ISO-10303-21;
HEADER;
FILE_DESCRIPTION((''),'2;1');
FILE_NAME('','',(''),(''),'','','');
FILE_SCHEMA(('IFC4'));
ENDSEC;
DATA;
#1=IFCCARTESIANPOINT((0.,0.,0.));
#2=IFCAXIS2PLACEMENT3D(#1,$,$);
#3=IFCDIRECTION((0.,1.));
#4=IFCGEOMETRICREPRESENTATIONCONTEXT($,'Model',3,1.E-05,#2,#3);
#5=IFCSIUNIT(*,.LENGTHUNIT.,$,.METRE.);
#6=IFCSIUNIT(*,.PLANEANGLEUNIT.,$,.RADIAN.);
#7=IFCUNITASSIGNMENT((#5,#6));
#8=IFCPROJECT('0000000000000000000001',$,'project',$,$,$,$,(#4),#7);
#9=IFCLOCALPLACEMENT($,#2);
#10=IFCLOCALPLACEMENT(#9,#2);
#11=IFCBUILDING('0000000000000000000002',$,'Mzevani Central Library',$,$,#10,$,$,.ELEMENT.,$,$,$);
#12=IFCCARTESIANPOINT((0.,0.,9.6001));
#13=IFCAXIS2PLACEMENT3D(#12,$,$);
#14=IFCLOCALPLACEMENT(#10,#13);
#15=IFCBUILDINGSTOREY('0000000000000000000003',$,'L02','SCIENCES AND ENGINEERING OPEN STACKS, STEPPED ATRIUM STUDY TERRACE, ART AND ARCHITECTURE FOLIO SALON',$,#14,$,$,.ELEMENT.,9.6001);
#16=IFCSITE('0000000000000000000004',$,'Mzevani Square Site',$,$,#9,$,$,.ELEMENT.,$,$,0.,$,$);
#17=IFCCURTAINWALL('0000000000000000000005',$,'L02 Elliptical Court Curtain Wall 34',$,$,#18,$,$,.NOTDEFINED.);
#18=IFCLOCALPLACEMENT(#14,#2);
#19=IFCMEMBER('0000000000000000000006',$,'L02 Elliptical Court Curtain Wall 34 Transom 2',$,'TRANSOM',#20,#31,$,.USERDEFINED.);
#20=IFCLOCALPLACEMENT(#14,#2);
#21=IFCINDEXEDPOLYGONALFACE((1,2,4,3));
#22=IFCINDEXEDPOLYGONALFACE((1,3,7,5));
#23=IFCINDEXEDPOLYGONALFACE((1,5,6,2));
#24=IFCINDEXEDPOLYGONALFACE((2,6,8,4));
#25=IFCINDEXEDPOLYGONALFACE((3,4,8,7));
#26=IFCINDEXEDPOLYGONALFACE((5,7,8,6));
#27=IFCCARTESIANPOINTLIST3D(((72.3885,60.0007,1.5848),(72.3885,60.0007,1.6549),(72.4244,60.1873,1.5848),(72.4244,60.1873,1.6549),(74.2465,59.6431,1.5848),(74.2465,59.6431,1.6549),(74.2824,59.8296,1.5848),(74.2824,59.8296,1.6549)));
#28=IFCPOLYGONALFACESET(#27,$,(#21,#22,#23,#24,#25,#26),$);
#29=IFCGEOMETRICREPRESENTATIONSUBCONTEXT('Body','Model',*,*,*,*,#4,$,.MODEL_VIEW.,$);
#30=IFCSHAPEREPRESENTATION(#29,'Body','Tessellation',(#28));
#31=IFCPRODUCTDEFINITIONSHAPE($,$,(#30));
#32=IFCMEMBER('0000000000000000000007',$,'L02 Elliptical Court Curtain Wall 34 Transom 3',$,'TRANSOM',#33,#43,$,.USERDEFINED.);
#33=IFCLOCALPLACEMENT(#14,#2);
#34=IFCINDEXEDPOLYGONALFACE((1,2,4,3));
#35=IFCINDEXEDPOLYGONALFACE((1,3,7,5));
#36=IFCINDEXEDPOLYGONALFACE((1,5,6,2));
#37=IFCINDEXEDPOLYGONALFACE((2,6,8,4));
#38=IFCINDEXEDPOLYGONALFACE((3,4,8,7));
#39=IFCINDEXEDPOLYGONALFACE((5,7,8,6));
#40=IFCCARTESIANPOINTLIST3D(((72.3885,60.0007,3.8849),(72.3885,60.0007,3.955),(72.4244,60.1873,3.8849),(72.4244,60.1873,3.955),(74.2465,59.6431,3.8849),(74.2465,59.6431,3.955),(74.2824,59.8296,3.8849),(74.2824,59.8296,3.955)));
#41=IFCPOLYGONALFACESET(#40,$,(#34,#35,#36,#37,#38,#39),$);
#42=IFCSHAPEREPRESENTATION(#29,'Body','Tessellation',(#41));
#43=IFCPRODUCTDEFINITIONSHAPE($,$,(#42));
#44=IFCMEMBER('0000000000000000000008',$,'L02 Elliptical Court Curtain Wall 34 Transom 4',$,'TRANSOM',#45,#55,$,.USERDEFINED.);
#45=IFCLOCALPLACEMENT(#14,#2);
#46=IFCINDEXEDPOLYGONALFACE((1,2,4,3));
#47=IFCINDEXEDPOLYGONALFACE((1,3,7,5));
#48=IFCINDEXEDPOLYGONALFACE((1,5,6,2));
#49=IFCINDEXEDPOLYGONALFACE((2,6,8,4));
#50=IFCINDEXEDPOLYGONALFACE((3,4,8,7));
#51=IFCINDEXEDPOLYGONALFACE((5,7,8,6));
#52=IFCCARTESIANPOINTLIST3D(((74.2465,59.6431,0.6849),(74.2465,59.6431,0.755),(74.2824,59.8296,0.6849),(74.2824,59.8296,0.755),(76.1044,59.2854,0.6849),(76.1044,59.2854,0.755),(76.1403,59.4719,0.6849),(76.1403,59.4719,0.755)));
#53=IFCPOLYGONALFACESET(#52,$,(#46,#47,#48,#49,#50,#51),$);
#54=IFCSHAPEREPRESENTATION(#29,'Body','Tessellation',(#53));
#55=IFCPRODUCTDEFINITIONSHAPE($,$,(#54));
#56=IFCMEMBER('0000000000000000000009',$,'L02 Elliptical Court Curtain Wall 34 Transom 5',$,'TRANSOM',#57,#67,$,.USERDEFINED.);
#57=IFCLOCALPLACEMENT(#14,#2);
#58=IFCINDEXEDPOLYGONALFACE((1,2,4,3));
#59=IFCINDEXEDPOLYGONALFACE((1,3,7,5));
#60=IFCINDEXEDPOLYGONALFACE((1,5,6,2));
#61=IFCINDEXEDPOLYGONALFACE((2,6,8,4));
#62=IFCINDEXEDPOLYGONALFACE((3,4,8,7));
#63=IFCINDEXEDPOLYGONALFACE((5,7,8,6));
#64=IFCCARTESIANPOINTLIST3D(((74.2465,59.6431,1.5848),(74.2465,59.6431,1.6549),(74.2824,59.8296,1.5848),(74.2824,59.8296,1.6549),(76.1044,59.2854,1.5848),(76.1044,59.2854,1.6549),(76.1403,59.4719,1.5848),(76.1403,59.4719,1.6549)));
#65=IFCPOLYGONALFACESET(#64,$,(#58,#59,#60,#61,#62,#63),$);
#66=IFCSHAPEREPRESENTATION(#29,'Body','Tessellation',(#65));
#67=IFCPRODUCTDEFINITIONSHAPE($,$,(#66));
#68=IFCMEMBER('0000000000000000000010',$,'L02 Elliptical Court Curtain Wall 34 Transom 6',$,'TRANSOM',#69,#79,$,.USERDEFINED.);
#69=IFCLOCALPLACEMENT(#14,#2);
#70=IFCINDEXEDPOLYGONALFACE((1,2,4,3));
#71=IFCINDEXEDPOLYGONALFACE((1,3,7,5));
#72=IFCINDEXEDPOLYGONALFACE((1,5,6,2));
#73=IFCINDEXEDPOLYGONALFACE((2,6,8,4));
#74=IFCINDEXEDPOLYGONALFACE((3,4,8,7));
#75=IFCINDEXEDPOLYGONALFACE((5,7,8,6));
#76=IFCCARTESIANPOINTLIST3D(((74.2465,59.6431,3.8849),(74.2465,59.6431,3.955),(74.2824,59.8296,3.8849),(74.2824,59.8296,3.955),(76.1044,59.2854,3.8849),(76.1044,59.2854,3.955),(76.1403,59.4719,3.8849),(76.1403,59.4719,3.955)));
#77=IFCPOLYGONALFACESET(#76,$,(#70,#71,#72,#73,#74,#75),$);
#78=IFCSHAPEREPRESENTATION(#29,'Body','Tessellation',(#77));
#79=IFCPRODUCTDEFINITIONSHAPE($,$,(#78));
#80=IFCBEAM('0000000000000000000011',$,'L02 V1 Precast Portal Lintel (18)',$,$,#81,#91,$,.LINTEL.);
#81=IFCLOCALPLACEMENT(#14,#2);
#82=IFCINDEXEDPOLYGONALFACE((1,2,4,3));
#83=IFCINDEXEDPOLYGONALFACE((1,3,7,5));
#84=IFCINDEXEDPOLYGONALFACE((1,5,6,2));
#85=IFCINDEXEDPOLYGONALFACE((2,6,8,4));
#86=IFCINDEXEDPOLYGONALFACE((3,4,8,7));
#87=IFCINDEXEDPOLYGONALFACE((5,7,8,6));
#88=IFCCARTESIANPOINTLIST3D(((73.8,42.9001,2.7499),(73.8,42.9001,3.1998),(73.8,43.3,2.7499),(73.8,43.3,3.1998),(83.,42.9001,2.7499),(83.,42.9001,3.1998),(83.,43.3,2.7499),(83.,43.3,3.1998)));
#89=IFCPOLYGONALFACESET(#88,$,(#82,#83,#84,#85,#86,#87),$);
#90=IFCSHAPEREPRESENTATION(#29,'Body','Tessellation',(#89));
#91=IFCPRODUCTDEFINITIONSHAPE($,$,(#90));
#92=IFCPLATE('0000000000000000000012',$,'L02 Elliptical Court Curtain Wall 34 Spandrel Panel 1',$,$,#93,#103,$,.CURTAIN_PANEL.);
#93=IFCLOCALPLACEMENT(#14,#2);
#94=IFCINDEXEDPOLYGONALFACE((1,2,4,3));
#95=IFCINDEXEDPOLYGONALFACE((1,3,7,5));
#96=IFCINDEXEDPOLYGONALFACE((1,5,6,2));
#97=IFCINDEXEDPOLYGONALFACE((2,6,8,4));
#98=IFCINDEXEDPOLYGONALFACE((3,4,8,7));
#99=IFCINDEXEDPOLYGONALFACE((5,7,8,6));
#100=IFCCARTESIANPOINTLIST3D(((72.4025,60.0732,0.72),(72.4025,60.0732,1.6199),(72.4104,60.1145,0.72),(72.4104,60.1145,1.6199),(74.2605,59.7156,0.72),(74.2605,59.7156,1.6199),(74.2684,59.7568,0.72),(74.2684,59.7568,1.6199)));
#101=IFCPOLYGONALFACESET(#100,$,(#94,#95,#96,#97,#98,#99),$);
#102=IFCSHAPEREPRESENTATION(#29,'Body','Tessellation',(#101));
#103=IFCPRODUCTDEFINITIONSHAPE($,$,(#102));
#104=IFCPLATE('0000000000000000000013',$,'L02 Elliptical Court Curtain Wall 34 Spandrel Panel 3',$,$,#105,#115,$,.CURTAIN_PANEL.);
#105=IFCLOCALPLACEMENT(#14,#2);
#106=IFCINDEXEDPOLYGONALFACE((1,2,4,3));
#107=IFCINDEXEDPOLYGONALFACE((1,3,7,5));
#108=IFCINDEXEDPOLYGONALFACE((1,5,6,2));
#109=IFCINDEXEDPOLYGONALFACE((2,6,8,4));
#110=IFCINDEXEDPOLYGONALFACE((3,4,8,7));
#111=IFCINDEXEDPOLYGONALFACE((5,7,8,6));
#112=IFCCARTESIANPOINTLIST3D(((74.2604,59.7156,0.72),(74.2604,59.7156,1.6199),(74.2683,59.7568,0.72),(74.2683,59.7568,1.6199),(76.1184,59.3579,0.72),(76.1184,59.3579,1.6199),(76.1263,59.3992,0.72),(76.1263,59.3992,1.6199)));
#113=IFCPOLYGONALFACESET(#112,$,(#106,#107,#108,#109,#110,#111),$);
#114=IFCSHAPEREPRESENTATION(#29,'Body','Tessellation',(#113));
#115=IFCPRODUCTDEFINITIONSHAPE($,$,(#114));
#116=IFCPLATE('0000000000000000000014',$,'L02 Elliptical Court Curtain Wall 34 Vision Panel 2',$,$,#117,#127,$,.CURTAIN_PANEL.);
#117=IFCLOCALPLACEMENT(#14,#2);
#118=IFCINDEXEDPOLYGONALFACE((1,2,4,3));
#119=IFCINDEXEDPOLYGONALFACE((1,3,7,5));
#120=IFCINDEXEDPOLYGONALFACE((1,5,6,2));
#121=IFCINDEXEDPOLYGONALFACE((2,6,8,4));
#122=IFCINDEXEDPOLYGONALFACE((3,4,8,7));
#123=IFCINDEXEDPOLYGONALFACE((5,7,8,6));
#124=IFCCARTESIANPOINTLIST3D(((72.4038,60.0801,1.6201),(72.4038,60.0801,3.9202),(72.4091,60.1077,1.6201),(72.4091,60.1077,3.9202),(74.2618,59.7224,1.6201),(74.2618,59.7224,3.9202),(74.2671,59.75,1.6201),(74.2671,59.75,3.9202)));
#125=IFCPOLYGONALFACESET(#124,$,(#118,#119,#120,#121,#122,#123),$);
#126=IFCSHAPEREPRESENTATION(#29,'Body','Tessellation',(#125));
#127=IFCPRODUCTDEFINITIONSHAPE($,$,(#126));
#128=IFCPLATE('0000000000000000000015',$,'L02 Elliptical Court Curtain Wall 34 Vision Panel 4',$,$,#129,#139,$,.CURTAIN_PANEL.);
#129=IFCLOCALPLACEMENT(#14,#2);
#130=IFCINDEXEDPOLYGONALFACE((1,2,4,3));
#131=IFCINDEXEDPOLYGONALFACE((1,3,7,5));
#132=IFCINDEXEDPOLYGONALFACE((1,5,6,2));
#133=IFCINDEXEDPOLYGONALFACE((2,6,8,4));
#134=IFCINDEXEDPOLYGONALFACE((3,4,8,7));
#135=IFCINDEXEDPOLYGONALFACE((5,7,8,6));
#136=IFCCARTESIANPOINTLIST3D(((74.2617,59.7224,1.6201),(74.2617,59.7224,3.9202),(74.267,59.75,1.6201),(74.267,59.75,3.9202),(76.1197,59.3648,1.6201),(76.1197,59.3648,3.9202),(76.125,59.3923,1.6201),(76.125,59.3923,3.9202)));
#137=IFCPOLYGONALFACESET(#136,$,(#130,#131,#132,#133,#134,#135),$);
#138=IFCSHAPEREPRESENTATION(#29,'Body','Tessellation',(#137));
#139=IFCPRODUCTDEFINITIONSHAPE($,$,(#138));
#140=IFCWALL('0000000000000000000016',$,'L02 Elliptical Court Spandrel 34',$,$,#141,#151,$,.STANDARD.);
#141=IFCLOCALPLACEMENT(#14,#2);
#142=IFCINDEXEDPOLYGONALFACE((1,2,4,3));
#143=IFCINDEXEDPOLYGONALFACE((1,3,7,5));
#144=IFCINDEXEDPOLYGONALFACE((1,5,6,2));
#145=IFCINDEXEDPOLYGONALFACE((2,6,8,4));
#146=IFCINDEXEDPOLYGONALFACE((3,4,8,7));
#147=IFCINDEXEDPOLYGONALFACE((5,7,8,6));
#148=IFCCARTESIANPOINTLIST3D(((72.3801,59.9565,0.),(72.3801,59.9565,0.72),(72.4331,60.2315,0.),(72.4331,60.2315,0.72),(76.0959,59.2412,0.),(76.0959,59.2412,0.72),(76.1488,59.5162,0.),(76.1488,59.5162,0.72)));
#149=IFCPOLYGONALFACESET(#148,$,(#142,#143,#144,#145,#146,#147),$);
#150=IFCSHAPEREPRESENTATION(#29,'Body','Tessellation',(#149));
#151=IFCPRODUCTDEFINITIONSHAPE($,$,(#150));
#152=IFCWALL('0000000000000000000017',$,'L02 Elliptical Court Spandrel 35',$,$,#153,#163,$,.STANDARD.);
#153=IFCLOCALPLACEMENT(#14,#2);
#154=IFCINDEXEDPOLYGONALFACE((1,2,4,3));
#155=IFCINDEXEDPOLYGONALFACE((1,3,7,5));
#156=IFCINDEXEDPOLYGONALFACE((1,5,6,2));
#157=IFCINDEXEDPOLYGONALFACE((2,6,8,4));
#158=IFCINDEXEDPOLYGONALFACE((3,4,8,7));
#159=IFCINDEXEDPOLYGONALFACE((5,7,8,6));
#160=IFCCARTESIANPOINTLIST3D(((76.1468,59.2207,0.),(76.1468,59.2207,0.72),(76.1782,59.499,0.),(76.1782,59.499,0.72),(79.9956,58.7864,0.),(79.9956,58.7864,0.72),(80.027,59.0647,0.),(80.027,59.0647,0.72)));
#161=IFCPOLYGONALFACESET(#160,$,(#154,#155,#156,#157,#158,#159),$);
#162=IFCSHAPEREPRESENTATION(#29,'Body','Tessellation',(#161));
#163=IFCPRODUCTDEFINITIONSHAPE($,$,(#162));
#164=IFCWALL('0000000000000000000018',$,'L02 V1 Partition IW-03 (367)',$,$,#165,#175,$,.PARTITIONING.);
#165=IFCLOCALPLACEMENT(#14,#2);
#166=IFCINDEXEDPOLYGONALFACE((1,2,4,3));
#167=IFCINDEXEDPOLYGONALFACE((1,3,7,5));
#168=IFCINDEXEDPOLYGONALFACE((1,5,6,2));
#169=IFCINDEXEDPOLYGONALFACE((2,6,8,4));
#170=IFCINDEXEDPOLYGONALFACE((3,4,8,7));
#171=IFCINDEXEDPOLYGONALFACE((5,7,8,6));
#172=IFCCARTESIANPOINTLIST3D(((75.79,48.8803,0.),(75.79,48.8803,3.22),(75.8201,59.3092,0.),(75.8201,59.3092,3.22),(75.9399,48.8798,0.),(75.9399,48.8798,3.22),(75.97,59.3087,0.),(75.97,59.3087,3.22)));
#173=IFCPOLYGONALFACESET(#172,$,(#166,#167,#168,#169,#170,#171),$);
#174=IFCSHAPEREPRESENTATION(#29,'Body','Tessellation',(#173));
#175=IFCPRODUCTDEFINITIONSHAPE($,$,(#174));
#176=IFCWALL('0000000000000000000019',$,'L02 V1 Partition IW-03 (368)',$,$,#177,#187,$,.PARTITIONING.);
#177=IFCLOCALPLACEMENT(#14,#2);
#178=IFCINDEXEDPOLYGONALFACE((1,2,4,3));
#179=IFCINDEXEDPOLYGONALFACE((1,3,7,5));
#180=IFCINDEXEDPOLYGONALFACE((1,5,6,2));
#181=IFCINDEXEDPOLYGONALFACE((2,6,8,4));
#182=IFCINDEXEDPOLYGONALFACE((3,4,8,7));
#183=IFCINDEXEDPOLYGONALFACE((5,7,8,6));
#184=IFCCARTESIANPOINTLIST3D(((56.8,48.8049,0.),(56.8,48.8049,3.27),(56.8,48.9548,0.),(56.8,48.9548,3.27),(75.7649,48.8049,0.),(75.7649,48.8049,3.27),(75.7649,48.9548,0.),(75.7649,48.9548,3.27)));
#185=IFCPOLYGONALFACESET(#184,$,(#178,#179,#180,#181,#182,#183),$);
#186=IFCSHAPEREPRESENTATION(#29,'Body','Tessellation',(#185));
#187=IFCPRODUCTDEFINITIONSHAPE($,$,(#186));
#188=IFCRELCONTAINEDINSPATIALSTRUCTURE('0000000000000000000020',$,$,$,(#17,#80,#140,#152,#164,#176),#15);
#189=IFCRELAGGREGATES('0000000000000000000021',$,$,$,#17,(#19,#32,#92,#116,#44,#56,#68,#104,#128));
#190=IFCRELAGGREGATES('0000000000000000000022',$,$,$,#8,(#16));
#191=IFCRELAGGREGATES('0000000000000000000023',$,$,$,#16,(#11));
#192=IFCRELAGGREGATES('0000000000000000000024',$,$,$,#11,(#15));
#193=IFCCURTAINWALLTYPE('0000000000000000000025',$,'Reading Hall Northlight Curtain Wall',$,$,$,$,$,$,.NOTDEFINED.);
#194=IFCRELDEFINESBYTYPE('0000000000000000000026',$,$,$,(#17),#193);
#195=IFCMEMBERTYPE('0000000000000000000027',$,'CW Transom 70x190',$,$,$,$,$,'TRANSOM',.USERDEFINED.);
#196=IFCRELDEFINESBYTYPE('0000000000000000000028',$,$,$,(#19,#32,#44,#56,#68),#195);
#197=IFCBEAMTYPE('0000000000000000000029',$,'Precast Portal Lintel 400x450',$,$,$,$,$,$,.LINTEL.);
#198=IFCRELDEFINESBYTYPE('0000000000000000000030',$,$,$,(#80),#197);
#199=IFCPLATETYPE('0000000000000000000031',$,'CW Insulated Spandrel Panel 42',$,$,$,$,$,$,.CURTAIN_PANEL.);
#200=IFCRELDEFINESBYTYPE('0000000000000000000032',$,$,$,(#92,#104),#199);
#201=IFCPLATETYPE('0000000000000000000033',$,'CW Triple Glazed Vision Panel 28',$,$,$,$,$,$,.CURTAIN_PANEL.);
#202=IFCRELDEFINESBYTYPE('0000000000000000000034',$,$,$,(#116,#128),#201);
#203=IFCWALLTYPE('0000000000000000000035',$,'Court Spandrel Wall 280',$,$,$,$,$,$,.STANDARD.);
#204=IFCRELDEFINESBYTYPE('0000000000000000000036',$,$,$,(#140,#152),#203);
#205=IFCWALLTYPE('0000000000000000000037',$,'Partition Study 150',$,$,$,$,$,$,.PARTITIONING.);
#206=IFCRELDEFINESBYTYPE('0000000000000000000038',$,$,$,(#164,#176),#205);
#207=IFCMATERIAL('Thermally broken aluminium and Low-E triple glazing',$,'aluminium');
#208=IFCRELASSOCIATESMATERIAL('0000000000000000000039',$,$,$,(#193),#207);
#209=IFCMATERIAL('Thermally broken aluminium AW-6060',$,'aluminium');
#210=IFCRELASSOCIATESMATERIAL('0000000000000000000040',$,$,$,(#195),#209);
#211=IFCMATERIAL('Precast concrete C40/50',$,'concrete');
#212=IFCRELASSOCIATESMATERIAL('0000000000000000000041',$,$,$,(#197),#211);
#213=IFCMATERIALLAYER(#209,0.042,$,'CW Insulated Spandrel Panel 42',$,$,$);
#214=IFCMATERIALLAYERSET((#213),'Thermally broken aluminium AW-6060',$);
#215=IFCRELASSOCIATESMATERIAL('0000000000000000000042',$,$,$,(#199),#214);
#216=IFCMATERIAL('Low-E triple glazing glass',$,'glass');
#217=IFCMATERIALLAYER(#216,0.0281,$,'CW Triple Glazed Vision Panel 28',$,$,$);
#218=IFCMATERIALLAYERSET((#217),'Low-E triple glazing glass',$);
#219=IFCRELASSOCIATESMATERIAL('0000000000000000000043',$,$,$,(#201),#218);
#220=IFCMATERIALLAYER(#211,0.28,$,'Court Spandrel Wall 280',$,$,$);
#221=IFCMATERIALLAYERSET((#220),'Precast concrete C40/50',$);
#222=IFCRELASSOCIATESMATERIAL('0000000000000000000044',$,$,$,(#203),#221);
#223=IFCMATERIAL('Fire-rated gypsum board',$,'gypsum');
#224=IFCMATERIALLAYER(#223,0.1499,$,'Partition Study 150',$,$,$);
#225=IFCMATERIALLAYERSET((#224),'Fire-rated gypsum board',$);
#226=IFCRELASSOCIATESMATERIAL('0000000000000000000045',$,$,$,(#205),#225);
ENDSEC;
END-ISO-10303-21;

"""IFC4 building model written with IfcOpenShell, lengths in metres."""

from ifc_helpers import new_model, si_unit, direction, frame, frame_2d, origin, origin_2d, place, context, subcontext, project, spatial, rectangle, extrude, material, layer, layer_set, material_profile, profile_set, type_object, element, aggregate, save


model = new_model("IFC4")

# Units and contexts
model_context = context("Model", 3, precision=1e-05, world=origin(), true_north=direction((0.0, 1.0)))
body_context = subcontext(model_context, "Body", "Model", "MODEL_VIEW")
ifc_project = project(units=[si_unit("LENGTHUNIT", "METRE"), si_unit("PLANEANGLEUNIT", "RADIAN")], contexts=[model_context])

# Site, building, storey
site_placement = place(None, origin())
site = spatial("IfcSite", under=ifc_project, at=site_placement, Name="Mzevani Square Site", CompositionType="ELEMENT", RefElevation=0.0)
building_placement = place(site_placement, origin())
building = spatial("IfcBuilding", under=site, at=building_placement, Name="Mzevani Central Library", CompositionType="ELEMENT")
storey_placement = place(building_placement, frame((0.0, 0.0, 9.6001)))
storey = spatial("IfcBuildingStorey", under=building, at=storey_placement, Name="L02", Description="SCIENCES AND ENGINEERING OPEN STACKS, STEPPED ATRIUM STUDY TERRACE, ART AND ARCHITECTURE FOLIO SALON", CompositionType="ELEMENT", Elevation=9.6001)

# Shared definitions
ifc_material_1 = material(Name="Thermally broken aluminium and Low-E triple glazing", Category="aluminium")
ifc_material_2 = material(Name="Thermally broken aluminium AW-6060", Category="aluminium")

# Curtain wall
curtain_wall_type_1 = type_object("IfcCurtainWallType", Name="Reading Hall Northlight Curtain Wall", PredefinedType="NOTDEFINED", material=ifc_material_1)
curtain_wall_1_placement = place(storey_placement, origin())
curtain_wall_1 = element("IfcCurtainWall", 1, at=curtain_wall_1_placement, inside=storey, type_object=curtain_wall_type_1, Name="L02 Elliptical Court Curtain Wall 34", PredefinedType="NOTDEFINED")

# Members
ifc_material_profile_1 = material_profile(ifc_material_2, rectangle(XDim=0.1899, YDim=0.0701, at=origin_2d()), Name="ALU T70x190")
ifc_profile_set_1 = profile_set([ifc_material_profile_1], Name="Thermally broken aluminium AW-6060")
member_type_1 = type_object("IfcMemberType", Name="CW Transom 70x190", ElementType="TRANSOM", PredefinedType="USERDEFINED", material=ifc_profile_set_1)
member_1_placement = place(storey_placement, frame((72.4065, 60.094, 1.6199), z_axis=(0.98197, -0.189039, 0.0), x_axis=(0.189039, 0.98197, 0.0)))
member_1 = element("IfcMember", 2, at=member_1_placement, type_object=member_type_1, Name="L02 Elliptical Court Curtain Wall 34 Transom 2", ObjectType="TRANSOM", PredefinedType="USERDEFINED", context=body_context, shape_type="SweptSolid", body=[
    extrude(rectangle(XDim=0.1899, YDim=0.0701, at=origin_2d()), origin(), (0.0, 0.0, 1.0), 1.8921),
])
member_2_placement = place(storey_placement, frame((72.4065, 60.094, 3.9199), z_axis=(0.98197, -0.189039, 0.0), x_axis=(0.189039, 0.98197, 0.0)))
member_2 = element("IfcMember", 3, at=member_2_placement, type_object=member_type_1, Name="L02 Elliptical Court Curtain Wall 34 Transom 3", ObjectType="TRANSOM", PredefinedType="USERDEFINED", context=body_context, shape_type="SweptSolid", body=[
    extrude(rectangle(XDim=0.1899, YDim=0.0701, at=origin_2d()), origin(), (0.0, 0.0, 1.0), 1.8921),
])
member_3_placement = place(storey_placement, frame((74.2644, 59.7363, 0.72), z_axis=(0.98197, -0.189039, 0.0), x_axis=(0.189039, 0.98197, 0.0)))
member_3 = element("IfcMember", 4, at=member_3_placement, type_object=member_type_1, Name="L02 Elliptical Court Curtain Wall 34 Transom 4", ObjectType="TRANSOM", PredefinedType="USERDEFINED", context=body_context, shape_type="SweptSolid", body=[
    extrude(rectangle(XDim=0.1899, YDim=0.0701, at=origin_2d()), origin(), (0.0, 0.0, 1.0), 1.8921),
])
member_4_placement = place(storey_placement, frame((74.2644, 59.7363, 1.6199), z_axis=(0.98197, -0.189039, 0.0), x_axis=(0.189039, 0.98197, 0.0)))
member_4 = element("IfcMember", 5, at=member_4_placement, type_object=member_type_1, Name="L02 Elliptical Court Curtain Wall 34 Transom 5", ObjectType="TRANSOM", PredefinedType="USERDEFINED", context=body_context, shape_type="SweptSolid", body=[
    extrude(rectangle(XDim=0.1899, YDim=0.0701, at=origin_2d()), origin(), (0.0, 0.0, 1.0), 1.8921),
])
member_5_placement = place(storey_placement, frame((74.2644, 59.7363, 3.9199), z_axis=(0.98197, -0.189039, 0.0), x_axis=(0.189039, 0.98197, 0.0)))
member_5 = element("IfcMember", 6, at=member_5_placement, type_object=member_type_1, Name="L02 Elliptical Court Curtain Wall 34 Transom 6", ObjectType="TRANSOM", PredefinedType="USERDEFINED", context=body_context, shape_type="SweptSolid", body=[
    extrude(rectangle(XDim=0.1899, YDim=0.0701, at=origin_2d()), origin(), (0.0, 0.0, 1.0), 1.8921),
])

# Beam
ifc_material_3 = material(Name="Precast concrete C40/50", Category="concrete")
ifc_material_profile_2 = material_profile(ifc_material_3, rectangle(XDim=0.3999, YDim=0.45, at=origin_2d()), Name="PC LN400x450")
ifc_profile_set_2 = profile_set([ifc_material_profile_2], Name="Precast concrete C40/50")
beam_type_1 = type_object("IfcBeamType", Name="Precast Portal Lintel 400x450", PredefinedType="LINTEL", material=ifc_profile_set_2)
beam_1_placement = place(storey_placement, frame((73.8, 43.1001, 2.9749), z_axis=(1.0, 0.0, 0.0), x_axis=(0.0, 1.0, 0.0)))
element("IfcBeam", 7, at=beam_1_placement, inside=storey, type_object=beam_type_1, Name="L02 V1 Precast Portal Lintel (18)", PredefinedType="LINTEL", context=body_context, shape_type="SweptSolid", body=[
    extrude(rectangle(XDim=0.3999, YDim=0.45, at=origin_2d()), origin(), (0.0, 0.0, 1.0), 9.2),
])

# Plates
ifc_layer_1 = layer(ifc_material_2, 0.042, Name="CW Insulated Spandrel Panel 42")
ifc_layer_set_1 = layer_set([ifc_layer_1], Name="Thermally broken aluminium AW-6060")
plate_type_1 = type_object("IfcPlateType", Name="CW Insulated Spandrel Panel 42", PredefinedType="CURTAIN_PANEL", material=ifc_layer_set_1)
plate_1_placement = place(storey_placement, frame((73.3354, 59.915, 0.72), z_axis=(0.0, 0.0, 1.0), x_axis=(0.981972, -0.189027, 0.0)))
plate_1 = element("IfcPlate", 8, at=plate_1_placement, type_object=plate_type_1, Name="L02 Elliptical Court Curtain Wall 34 Spandrel Panel 1", PredefinedType="CURTAIN_PANEL", context=body_context, shape_type="SweptSolid", body=[
    extrude(rectangle(XDim=1.8921, YDim=0.042, at=origin_2d()), origin(), (0.0, 0.0, 1.0), 0.8999),
])
plate_2_placement = place(storey_placement, frame((75.1934, 59.5574, 0.72), z_axis=(0.0, 0.0, 1.0), x_axis=(0.981972, -0.189027, 0.0)))
plate_2 = element("IfcPlate", 9, at=plate_2_placement, type_object=plate_type_1, Name="L02 Elliptical Court Curtain Wall 34 Spandrel Panel 3", PredefinedType="CURTAIN_PANEL", context=body_context, shape_type="SweptSolid", body=[
    extrude(rectangle(XDim=1.8921, YDim=0.042, at=origin_2d()), origin(), (0.0, 0.0, 1.0), 0.8999),
])
ifc_material_4 = material(Name="Low-E triple glazing glass", Category="glass")
ifc_layer_2 = layer(ifc_material_4, 0.0281, Name="CW Triple Glazed Vision Panel 28")
ifc_layer_set_2 = layer_set([ifc_layer_2], Name="Low-E triple glazing glass")
plate_type_2 = type_object("IfcPlateType", Name="CW Triple Glazed Vision Panel 28", PredefinedType="CURTAIN_PANEL", material=ifc_layer_set_2)
plate_3_placement = place(storey_placement, frame((73.3354, 59.915, 1.6201), z_axis=(0.0, 0.0, 1.0), x_axis=(0.981972, -0.189027, 0.0)))
plate_3 = element("IfcPlate", 10, at=plate_3_placement, type_object=plate_type_2, Name="L02 Elliptical Court Curtain Wall 34 Vision Panel 2", PredefinedType="CURTAIN_PANEL", context=body_context, shape_type="SweptSolid", body=[
    extrude(rectangle(XDim=1.8921, YDim=0.0281, at=origin_2d()), origin(), (0.0, 0.0, 1.0), 2.3),
])
plate_4_placement = place(storey_placement, frame((75.1934, 59.5574, 1.6201), z_axis=(0.0, 0.0, 1.0), x_axis=(0.981972, -0.189027, 0.0)))
plate_4 = element("IfcPlate", 11, at=plate_4_placement, type_object=plate_type_2, Name="L02 Elliptical Court Curtain Wall 34 Vision Panel 4", PredefinedType="CURTAIN_PANEL", context=body_context, shape_type="SweptSolid", body=[
    extrude(rectangle(XDim=1.8921, YDim=0.0281, at=origin_2d()), origin(), (0.0, 0.0, 1.0), 2.3),
])
aggregate(curtain_wall_1, [member_1, member_2, plate_1, plate_3, member_3, member_4, member_5, plate_2, plate_4])

# Walls
ifc_layer_3 = layer(ifc_material_3, 0.28, Name="Court Spandrel Wall 280")
ifc_layer_set_3 = layer_set([ifc_layer_3], Name="Precast concrete C40/50")
wall_type_1 = type_object("IfcWallType", Name="Court Spandrel Wall 280", PredefinedType="STANDARD", material=ifc_layer_set_3)
wall_1_placement = place(storey_placement, frame((72.4065, 60.094, 0.0), z_axis=(0.0, 0.0, 1.0), x_axis=(0.98197, -0.189039, 0.0)))
element("IfcWall", 12, at=wall_1_placement, inside=storey, type_object=wall_type_1, Name="L02 Elliptical Court Spandrel 34", PredefinedType="STANDARD", context=body_context, shape_type="SweptSolid", body=[
    extrude(rectangle(XDim=3.7839, YDim=0.28, at=frame_2d((1.8921, 0.0))), origin(), (0.0, 0.0, 1.0), 0.72),
])
wall_2_placement = place(storey_placement, frame((76.1626, 59.3599, 0.0), z_axis=(0.0, 0.0, 1.0), x_axis=(0.993693, -0.112133, 0.0)))
element("IfcWall", 13, at=wall_2_placement, inside=storey, type_object=wall_type_1, Name="L02 Elliptical Court Spandrel 35", PredefinedType="STANDARD", context=body_context, shape_type="SweptSolid", body=[
    extrude(rectangle(XDim=3.8733, YDim=0.28, at=frame_2d((1.9365, 0.0))), origin(), (0.0, 0.0, 1.0), 0.72),
])
ifc_material_5 = material(Name="Fire-rated gypsum board", Category="gypsum")
ifc_layer_4 = layer(ifc_material_5, 0.1499, Name="Partition Study 150")
ifc_layer_set_4 = layer_set([ifc_layer_4], Name="Fire-rated gypsum board")
wall_type_2 = type_object("IfcWallType", Name="Partition Study 150", PredefinedType="PARTITIONING", material=ifc_layer_set_4)
wall_3_placement = place(storey_placement, frame((75.895, 59.3088, 0.0), z_axis=(0.0, 0.0, 1.0), x_axis=(-0.002879, -0.999996, 0.0)))
element("IfcWall", 14, at=wall_3_placement, inside=storey, type_object=wall_type_2, Name="L02 V1 Partition IW-03 (367)", PredefinedType="PARTITIONING", context=body_context, shape_type="SweptSolid", body=[
    extrude(rectangle(XDim=10.429, YDim=0.1499, at=frame_2d((5.2144, 0.0))), origin(), (0.0, 0.0, 1.0), 3.22),
])
wall_4_placement = place(storey_placement, frame((75.7649, 48.8799, 0.0), z_axis=(0.0, 0.0, 1.0), x_axis=(-1.0, 0.0, 0.0)))
element("IfcWall", 15, at=wall_4_placement, inside=storey, type_object=wall_type_2, Name="L02 V1 Partition IW-03 (368)", PredefinedType="PARTITIONING", context=body_context, shape_type="SweptSolid", body=[
    extrude(rectangle(XDim=18.9648, YDim=0.1499, at=frame_2d((9.4824, 0.0))), origin(), (0.0, 0.0, 1.0), 3.27),
])

save(model, "model.ifc")
